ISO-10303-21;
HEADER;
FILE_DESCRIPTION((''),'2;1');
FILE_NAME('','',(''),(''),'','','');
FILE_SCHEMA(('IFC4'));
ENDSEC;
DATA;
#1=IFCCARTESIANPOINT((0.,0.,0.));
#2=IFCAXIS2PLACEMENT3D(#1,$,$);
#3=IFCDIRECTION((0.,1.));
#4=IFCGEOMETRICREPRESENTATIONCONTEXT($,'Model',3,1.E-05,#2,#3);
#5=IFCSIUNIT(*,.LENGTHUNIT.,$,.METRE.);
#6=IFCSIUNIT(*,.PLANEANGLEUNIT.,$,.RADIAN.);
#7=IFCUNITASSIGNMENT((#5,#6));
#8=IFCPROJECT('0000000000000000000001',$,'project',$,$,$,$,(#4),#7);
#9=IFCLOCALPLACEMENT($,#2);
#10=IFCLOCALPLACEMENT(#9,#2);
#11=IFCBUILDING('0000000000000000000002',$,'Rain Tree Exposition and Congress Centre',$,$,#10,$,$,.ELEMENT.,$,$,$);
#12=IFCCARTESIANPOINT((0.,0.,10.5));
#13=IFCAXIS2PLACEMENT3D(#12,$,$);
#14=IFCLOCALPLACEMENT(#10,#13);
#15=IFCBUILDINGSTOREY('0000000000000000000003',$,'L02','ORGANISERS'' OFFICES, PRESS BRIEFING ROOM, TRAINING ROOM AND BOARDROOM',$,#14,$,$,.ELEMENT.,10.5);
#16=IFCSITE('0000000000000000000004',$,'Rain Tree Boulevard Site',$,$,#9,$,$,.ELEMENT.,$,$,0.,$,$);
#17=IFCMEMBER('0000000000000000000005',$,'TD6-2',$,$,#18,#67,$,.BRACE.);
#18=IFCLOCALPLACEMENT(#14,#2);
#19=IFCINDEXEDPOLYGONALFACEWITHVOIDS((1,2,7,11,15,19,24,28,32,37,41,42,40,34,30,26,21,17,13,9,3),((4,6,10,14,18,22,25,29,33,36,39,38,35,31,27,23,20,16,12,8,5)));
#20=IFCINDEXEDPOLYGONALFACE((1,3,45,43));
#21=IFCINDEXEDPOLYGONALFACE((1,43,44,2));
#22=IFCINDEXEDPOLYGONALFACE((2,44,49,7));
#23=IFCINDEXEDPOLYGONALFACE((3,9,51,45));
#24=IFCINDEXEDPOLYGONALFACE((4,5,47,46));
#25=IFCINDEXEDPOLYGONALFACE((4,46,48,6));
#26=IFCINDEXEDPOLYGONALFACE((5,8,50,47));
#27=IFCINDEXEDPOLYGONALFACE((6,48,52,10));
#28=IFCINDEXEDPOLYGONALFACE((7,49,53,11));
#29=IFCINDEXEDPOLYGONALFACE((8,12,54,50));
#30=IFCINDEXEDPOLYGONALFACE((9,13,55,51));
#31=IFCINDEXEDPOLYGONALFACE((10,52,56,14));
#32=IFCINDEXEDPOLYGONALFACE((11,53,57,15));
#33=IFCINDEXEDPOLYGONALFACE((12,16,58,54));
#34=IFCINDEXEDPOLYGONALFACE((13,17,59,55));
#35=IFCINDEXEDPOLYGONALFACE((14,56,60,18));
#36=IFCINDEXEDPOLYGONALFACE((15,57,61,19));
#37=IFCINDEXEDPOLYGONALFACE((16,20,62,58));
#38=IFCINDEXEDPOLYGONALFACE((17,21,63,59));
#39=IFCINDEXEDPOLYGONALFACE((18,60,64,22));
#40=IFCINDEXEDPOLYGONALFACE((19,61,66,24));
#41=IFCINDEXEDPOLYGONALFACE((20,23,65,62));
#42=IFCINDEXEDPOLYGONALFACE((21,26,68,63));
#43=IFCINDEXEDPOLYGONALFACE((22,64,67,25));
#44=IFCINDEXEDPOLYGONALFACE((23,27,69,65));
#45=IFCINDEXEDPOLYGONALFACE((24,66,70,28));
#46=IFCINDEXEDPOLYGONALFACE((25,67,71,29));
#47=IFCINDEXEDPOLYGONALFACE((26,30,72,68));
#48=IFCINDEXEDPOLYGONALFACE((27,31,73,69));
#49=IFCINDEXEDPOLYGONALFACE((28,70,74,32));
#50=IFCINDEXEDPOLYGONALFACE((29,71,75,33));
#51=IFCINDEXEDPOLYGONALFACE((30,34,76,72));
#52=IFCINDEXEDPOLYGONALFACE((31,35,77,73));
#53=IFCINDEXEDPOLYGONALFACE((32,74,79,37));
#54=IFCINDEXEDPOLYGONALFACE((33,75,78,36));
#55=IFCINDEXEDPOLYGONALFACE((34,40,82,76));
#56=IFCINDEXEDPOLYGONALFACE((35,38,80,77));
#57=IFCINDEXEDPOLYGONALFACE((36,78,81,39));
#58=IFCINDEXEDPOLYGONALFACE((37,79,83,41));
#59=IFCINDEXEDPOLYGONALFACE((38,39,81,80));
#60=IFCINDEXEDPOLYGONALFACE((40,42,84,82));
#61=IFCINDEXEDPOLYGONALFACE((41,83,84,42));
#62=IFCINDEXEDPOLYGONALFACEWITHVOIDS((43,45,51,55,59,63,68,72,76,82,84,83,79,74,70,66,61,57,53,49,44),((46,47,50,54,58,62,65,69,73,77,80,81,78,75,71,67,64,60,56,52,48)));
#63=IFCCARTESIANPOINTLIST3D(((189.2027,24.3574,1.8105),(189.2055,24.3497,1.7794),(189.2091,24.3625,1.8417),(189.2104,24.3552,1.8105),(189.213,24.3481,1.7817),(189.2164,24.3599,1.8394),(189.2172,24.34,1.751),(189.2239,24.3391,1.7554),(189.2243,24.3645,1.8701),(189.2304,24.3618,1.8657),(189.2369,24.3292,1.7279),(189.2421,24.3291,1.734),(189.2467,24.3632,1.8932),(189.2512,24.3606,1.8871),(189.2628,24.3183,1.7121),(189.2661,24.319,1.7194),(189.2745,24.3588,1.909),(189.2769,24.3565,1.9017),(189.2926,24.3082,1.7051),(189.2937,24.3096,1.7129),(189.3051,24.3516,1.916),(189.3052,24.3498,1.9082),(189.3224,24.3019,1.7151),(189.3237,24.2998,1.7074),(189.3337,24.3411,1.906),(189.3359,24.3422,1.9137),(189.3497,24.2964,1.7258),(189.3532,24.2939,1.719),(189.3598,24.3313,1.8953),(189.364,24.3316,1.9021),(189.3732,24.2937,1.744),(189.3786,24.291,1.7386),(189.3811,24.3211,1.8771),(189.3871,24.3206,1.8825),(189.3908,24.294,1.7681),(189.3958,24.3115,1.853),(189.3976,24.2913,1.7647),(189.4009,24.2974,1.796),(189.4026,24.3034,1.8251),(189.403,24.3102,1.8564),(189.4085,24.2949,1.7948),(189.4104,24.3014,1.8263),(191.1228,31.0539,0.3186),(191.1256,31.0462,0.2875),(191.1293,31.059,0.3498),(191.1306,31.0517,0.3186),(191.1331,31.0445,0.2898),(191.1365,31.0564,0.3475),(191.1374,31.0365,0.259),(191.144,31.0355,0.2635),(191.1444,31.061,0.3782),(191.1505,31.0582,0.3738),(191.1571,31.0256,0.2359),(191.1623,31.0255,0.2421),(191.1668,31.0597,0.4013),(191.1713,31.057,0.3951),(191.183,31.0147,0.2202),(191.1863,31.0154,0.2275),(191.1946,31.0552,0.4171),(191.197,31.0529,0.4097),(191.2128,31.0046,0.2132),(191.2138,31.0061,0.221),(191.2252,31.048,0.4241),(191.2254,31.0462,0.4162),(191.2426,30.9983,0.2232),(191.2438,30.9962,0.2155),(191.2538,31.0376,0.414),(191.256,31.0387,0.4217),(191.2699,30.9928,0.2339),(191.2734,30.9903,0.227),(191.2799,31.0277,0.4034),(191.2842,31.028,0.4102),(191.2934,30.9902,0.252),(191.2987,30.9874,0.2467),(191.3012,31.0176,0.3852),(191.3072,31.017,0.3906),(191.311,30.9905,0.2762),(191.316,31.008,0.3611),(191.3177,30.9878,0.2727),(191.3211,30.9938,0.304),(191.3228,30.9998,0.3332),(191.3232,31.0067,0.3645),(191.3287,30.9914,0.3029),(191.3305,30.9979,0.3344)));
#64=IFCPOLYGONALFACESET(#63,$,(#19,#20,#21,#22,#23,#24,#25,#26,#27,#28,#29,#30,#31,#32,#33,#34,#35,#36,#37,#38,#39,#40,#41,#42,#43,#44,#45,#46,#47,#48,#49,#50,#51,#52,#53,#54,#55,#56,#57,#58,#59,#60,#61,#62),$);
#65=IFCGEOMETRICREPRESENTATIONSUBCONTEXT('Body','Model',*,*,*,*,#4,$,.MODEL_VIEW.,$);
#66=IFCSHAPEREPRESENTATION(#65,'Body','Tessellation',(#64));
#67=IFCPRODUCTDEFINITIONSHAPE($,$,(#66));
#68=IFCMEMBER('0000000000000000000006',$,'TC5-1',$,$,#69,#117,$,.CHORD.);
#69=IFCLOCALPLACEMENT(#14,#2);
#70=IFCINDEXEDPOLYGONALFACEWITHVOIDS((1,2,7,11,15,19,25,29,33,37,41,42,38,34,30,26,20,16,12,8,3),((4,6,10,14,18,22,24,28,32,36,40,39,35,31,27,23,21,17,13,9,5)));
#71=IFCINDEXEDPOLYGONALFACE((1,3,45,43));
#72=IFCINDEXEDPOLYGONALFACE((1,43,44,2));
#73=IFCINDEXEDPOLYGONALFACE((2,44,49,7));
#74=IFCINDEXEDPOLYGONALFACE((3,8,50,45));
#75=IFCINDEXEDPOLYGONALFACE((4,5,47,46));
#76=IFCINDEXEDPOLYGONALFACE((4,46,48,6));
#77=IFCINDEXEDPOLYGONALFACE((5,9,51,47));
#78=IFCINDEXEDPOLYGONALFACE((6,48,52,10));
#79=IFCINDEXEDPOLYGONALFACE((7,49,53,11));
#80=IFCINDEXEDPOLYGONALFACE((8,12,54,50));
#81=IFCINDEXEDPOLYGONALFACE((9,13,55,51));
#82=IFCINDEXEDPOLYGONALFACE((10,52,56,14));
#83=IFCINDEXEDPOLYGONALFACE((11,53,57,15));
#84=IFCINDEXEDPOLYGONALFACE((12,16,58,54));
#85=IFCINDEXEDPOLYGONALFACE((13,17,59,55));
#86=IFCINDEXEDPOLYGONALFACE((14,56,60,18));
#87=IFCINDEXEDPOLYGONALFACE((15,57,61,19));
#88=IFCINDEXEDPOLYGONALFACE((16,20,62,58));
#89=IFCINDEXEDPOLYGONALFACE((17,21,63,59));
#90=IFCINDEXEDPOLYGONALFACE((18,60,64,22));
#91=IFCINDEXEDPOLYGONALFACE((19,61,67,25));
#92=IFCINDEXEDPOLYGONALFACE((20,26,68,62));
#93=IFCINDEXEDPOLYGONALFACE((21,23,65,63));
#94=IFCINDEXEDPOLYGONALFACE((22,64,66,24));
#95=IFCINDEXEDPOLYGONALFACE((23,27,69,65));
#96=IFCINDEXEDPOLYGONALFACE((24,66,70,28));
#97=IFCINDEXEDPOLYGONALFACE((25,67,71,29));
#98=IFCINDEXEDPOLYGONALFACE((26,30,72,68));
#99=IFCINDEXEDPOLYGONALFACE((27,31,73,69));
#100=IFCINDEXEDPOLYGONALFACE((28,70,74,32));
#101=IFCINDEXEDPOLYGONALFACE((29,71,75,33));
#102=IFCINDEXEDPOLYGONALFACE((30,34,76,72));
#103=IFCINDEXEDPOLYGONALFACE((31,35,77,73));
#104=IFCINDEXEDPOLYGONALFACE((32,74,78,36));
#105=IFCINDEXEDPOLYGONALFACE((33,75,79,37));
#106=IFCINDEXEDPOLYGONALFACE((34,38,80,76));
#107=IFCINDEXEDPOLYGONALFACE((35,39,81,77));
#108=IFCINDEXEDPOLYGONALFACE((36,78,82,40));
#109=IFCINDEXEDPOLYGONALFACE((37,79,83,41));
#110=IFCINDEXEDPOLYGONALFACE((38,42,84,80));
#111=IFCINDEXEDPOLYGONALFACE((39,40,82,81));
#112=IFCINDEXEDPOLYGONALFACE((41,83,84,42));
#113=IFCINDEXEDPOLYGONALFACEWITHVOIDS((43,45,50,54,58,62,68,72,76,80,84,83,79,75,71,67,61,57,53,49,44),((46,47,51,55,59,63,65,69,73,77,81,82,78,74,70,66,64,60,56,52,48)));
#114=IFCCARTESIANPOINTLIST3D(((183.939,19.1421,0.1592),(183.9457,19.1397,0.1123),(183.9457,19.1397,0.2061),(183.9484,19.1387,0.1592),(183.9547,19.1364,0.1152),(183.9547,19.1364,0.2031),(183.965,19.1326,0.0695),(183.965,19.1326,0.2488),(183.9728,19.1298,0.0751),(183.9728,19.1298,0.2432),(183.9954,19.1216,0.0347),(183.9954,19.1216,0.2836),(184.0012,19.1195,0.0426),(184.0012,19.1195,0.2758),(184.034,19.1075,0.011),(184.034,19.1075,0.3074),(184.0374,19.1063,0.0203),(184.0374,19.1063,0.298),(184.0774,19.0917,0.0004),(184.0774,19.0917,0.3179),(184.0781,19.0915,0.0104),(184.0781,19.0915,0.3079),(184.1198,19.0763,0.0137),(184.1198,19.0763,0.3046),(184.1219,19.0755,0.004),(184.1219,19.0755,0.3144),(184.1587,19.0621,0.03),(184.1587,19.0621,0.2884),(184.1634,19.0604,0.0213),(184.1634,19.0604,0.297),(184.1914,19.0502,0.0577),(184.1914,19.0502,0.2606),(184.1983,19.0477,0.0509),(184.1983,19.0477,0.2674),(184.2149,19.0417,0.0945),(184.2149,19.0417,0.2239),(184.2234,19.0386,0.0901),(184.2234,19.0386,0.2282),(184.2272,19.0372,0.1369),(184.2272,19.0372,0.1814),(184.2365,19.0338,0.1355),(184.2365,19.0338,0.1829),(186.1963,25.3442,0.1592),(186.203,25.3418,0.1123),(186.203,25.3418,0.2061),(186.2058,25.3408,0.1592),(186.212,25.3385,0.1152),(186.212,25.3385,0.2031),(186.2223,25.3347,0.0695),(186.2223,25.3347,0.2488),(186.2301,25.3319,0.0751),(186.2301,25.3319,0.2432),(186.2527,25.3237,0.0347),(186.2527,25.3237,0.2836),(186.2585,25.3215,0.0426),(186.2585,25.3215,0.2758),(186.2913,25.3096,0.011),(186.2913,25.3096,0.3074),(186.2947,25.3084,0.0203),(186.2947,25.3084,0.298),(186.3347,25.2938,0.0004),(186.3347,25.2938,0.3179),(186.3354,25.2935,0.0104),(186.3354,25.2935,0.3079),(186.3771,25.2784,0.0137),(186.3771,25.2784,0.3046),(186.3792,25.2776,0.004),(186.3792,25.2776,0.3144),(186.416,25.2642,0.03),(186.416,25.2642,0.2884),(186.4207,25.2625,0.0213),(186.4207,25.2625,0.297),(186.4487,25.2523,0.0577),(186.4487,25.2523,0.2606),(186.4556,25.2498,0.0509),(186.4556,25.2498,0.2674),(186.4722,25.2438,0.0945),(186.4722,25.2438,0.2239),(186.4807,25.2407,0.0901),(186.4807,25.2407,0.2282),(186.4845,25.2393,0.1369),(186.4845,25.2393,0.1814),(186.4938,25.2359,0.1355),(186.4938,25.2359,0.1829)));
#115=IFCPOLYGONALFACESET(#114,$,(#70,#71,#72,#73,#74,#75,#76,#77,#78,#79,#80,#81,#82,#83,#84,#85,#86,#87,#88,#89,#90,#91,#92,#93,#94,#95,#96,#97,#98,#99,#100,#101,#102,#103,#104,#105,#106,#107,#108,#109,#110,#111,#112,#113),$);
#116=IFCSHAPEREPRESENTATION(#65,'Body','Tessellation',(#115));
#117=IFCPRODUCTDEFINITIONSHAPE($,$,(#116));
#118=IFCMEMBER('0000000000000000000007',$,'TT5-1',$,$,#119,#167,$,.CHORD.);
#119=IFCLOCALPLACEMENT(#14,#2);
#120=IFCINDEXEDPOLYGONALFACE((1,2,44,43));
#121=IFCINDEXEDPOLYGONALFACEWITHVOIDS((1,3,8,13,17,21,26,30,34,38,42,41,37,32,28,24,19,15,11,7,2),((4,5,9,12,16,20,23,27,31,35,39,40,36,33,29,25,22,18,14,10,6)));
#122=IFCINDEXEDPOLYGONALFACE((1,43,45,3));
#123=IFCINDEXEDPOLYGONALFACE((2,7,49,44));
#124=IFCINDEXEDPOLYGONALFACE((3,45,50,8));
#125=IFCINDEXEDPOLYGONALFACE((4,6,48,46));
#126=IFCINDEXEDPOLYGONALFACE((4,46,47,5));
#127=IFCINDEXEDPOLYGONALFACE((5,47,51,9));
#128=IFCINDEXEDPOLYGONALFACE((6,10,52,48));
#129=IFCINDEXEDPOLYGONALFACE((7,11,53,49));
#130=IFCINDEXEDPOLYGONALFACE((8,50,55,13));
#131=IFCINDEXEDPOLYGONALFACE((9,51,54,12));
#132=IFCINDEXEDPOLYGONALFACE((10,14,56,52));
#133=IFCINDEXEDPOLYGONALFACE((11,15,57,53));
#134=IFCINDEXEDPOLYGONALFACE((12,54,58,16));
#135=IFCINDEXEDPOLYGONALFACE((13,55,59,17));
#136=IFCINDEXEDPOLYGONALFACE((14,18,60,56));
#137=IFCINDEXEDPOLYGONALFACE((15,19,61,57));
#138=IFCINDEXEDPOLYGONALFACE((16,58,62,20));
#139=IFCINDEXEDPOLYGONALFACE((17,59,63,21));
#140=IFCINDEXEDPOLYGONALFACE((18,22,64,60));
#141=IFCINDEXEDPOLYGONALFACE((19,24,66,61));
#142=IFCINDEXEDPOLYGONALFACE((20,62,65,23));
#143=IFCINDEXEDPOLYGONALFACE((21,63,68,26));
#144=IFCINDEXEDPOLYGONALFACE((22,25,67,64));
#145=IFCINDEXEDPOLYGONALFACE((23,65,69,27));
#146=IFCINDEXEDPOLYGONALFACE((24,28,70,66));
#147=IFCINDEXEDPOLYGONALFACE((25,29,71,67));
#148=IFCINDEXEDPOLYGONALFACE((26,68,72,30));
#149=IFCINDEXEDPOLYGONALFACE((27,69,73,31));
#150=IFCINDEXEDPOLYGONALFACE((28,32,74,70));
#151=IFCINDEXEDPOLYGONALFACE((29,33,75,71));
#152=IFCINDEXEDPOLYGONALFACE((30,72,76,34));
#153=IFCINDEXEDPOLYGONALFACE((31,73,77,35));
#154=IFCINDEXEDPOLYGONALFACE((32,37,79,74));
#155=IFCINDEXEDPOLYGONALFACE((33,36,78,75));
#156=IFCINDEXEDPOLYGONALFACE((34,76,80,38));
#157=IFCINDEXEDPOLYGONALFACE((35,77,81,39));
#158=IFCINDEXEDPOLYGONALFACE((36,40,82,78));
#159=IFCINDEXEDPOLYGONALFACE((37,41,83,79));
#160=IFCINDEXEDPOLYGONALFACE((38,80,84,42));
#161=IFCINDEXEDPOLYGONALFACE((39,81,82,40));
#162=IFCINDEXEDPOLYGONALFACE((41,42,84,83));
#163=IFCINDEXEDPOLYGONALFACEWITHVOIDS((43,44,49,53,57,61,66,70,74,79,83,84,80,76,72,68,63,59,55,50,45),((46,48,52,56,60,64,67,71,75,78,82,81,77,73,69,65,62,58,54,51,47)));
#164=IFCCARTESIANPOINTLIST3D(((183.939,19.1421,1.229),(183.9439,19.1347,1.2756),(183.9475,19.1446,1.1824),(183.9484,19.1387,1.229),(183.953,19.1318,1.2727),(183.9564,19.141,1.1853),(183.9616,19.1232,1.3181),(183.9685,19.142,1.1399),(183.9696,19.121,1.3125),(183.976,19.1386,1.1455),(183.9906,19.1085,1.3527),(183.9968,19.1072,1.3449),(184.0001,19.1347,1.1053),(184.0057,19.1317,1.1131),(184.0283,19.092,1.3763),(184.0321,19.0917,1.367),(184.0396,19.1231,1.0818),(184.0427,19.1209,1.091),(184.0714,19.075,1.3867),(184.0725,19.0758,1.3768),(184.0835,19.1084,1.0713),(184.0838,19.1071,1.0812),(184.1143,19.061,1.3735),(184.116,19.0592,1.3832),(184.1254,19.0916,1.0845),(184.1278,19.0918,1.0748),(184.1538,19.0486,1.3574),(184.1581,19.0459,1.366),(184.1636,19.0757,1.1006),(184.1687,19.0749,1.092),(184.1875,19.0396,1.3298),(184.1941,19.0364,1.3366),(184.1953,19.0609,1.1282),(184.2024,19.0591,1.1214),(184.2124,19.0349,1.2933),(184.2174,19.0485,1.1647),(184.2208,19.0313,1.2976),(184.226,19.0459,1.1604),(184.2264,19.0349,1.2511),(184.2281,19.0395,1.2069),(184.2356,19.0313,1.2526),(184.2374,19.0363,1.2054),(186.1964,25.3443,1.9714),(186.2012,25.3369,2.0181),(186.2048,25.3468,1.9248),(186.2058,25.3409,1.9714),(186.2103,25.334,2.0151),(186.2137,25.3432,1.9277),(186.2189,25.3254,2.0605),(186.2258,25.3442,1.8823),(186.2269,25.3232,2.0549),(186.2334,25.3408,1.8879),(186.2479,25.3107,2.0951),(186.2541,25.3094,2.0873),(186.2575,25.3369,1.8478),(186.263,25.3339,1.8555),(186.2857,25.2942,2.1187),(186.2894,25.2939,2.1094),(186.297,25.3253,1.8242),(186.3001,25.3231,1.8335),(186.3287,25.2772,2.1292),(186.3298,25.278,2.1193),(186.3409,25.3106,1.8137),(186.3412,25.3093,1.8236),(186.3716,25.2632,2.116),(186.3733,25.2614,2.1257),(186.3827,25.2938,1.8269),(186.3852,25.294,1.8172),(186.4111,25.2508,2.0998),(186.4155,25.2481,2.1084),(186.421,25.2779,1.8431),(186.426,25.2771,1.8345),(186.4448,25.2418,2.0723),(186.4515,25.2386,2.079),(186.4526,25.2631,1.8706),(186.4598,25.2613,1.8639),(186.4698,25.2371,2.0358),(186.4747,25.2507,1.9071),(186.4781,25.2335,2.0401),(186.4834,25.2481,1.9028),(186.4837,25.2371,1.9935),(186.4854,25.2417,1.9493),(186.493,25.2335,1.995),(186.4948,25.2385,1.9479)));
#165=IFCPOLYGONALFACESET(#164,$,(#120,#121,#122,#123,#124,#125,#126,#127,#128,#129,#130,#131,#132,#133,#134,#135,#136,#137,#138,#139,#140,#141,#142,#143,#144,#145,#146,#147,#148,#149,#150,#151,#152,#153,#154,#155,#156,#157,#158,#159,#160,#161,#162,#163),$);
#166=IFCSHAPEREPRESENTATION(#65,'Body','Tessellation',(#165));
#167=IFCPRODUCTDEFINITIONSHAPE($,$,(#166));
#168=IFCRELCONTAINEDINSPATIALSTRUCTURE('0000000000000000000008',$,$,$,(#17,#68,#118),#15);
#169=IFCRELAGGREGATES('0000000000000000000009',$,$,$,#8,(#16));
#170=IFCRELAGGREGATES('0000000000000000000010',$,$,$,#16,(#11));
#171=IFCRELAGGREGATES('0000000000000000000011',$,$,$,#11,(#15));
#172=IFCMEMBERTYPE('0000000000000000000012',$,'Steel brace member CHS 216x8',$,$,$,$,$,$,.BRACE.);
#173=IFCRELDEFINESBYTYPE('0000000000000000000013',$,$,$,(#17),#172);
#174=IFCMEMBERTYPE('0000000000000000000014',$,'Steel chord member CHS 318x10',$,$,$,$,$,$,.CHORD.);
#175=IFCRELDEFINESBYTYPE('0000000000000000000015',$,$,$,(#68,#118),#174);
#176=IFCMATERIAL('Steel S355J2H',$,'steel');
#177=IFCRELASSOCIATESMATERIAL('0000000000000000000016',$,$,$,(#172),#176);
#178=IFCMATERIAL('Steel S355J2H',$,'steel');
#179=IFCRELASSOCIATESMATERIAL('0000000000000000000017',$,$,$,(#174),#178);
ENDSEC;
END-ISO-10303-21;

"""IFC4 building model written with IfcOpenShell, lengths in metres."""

from ifc_helpers import new_model, si_unit, direction, frame, origin, origin_2d, place, context, subcontext, project, spatial, hollow_circle, extrude, material, material_profile, profile_set, type_object, element, save


model = new_model("IFC4")

# Units and contexts
model_context = context("Model", 3, precision=1e-05, world=origin(), true_north=direction((0.0, 1.0)))
body_context = subcontext(model_context, "Body", "Model", "MODEL_VIEW")
ifc_project = project(units=[si_unit("LENGTHUNIT", "METRE"), si_unit("PLANEANGLEUNIT", "RADIAN")], contexts=[model_context])

# Site, building, storey
site_placement = place(None, origin())
site = spatial("IfcSite", under=ifc_project, at=site_placement, Name="Rain Tree Boulevard Site", CompositionType="ELEMENT", RefElevation=0.0)
building_placement = place(site_placement, origin())
building = spatial("IfcBuilding", under=site, at=building_placement, Name="Rain Tree Exposition and Congress Centre", CompositionType="ELEMENT")
storey_placement = place(building_placement, frame((0.0, 0.0, 10.5)))
storey = spatial("IfcBuildingStorey", under=building, at=storey_placement, Name="L02", Description="ORGANISERS' OFFICES, PRESS BRIEFING ROOM, TRAINING ROOM AND BOARDROOM", CompositionType="ELEMENT", Elevation=10.5)

# Members
ifc_material_1 = material(Name="Steel S355J2H", Category="steel")
ifc_material_profile_1 = material_profile(ifc_material_1, hollow_circle(Radius=0.1082, WallThickness=0.0081, at=origin_2d()), Name="CHS 216x8")
ifc_profile_set_1 = profile_set([ifc_material_profile_1], Name="Steel S355J2H")
member_type_1 = type_object("IfcMemberType", Name="Steel brace member CHS 216x8", PredefinedType="BRACE", material=ifc_profile_set_1)
member_1_placement = place(storey_placement, frame((189.3066, 24.3276, 1.8105), z_axis=(0.269521, 0.939949, -0.209414), x_axis=(-0.961263, 0.275633, 0.0)))
element("IfcMember", 1, at=member_1_placement, inside=storey, type_object=member_type_1, Name="TD6-2", PredefinedType="BRACE", context=body_context, shape_type="SweptSolid", body=[
    extrude(hollow_circle(Radius=0.1082, WallThickness=0.0081, at=origin_2d()), origin(), (0.0, 0.0, 1.0), 7.1243),
])
ifc_material_2 = material(Name="Steel S355J2H", Category="steel")
ifc_material_profile_2 = material_profile(ifc_material_2, hollow_circle(Radius=0.1592, WallThickness=0.01, at=origin_2d()), Name="CHS 318x10")
ifc_profile_set_2 = profile_set([ifc_material_profile_2], Name="Steel S355J2H")
member_type_2 = type_object("IfcMemberType", Name="Steel chord member CHS 318x10", PredefinedType="CHORD", material=ifc_profile_set_2)
member_2_placement = place(storey_placement, frame((184.0886, 19.0876, 0.1592), z_axis=(0.34201, 0.939696, 0.0), x_axis=(-0.939696, 0.34201, 0.0)))
element("IfcMember", 2, at=member_2_placement, inside=storey, type_object=member_type_2, Name="TC5-1", PredefinedType="CHORD", context=body_context, shape_type="SweptSolid", body=[
    extrude(hollow_circle(Radius=0.1592, WallThickness=0.01, at=origin_2d()), origin(), (0.0, 0.0, 1.0), 6.6001),
])
member_3_placement = place(storey_placement, frame((184.0886, 19.0876, 1.229), z_axis=(0.339867, 0.933807, 0.111782), x_axis=(-0.939696, 0.34201, 0.0)))
element("IfcMember", 3, at=member_3_placement, inside=storey, type_object=member_type_2, Name="TT5-1", PredefinedType="CHORD", context=body_context, shape_type="SweptSolid", body=[
    extrude(hollow_circle(Radius=0.1592, WallThickness=0.01, at=origin_2d()), origin(), (0.0, 0.0, 1.0), 6.6418),
])

save(model, "model.ifc")
